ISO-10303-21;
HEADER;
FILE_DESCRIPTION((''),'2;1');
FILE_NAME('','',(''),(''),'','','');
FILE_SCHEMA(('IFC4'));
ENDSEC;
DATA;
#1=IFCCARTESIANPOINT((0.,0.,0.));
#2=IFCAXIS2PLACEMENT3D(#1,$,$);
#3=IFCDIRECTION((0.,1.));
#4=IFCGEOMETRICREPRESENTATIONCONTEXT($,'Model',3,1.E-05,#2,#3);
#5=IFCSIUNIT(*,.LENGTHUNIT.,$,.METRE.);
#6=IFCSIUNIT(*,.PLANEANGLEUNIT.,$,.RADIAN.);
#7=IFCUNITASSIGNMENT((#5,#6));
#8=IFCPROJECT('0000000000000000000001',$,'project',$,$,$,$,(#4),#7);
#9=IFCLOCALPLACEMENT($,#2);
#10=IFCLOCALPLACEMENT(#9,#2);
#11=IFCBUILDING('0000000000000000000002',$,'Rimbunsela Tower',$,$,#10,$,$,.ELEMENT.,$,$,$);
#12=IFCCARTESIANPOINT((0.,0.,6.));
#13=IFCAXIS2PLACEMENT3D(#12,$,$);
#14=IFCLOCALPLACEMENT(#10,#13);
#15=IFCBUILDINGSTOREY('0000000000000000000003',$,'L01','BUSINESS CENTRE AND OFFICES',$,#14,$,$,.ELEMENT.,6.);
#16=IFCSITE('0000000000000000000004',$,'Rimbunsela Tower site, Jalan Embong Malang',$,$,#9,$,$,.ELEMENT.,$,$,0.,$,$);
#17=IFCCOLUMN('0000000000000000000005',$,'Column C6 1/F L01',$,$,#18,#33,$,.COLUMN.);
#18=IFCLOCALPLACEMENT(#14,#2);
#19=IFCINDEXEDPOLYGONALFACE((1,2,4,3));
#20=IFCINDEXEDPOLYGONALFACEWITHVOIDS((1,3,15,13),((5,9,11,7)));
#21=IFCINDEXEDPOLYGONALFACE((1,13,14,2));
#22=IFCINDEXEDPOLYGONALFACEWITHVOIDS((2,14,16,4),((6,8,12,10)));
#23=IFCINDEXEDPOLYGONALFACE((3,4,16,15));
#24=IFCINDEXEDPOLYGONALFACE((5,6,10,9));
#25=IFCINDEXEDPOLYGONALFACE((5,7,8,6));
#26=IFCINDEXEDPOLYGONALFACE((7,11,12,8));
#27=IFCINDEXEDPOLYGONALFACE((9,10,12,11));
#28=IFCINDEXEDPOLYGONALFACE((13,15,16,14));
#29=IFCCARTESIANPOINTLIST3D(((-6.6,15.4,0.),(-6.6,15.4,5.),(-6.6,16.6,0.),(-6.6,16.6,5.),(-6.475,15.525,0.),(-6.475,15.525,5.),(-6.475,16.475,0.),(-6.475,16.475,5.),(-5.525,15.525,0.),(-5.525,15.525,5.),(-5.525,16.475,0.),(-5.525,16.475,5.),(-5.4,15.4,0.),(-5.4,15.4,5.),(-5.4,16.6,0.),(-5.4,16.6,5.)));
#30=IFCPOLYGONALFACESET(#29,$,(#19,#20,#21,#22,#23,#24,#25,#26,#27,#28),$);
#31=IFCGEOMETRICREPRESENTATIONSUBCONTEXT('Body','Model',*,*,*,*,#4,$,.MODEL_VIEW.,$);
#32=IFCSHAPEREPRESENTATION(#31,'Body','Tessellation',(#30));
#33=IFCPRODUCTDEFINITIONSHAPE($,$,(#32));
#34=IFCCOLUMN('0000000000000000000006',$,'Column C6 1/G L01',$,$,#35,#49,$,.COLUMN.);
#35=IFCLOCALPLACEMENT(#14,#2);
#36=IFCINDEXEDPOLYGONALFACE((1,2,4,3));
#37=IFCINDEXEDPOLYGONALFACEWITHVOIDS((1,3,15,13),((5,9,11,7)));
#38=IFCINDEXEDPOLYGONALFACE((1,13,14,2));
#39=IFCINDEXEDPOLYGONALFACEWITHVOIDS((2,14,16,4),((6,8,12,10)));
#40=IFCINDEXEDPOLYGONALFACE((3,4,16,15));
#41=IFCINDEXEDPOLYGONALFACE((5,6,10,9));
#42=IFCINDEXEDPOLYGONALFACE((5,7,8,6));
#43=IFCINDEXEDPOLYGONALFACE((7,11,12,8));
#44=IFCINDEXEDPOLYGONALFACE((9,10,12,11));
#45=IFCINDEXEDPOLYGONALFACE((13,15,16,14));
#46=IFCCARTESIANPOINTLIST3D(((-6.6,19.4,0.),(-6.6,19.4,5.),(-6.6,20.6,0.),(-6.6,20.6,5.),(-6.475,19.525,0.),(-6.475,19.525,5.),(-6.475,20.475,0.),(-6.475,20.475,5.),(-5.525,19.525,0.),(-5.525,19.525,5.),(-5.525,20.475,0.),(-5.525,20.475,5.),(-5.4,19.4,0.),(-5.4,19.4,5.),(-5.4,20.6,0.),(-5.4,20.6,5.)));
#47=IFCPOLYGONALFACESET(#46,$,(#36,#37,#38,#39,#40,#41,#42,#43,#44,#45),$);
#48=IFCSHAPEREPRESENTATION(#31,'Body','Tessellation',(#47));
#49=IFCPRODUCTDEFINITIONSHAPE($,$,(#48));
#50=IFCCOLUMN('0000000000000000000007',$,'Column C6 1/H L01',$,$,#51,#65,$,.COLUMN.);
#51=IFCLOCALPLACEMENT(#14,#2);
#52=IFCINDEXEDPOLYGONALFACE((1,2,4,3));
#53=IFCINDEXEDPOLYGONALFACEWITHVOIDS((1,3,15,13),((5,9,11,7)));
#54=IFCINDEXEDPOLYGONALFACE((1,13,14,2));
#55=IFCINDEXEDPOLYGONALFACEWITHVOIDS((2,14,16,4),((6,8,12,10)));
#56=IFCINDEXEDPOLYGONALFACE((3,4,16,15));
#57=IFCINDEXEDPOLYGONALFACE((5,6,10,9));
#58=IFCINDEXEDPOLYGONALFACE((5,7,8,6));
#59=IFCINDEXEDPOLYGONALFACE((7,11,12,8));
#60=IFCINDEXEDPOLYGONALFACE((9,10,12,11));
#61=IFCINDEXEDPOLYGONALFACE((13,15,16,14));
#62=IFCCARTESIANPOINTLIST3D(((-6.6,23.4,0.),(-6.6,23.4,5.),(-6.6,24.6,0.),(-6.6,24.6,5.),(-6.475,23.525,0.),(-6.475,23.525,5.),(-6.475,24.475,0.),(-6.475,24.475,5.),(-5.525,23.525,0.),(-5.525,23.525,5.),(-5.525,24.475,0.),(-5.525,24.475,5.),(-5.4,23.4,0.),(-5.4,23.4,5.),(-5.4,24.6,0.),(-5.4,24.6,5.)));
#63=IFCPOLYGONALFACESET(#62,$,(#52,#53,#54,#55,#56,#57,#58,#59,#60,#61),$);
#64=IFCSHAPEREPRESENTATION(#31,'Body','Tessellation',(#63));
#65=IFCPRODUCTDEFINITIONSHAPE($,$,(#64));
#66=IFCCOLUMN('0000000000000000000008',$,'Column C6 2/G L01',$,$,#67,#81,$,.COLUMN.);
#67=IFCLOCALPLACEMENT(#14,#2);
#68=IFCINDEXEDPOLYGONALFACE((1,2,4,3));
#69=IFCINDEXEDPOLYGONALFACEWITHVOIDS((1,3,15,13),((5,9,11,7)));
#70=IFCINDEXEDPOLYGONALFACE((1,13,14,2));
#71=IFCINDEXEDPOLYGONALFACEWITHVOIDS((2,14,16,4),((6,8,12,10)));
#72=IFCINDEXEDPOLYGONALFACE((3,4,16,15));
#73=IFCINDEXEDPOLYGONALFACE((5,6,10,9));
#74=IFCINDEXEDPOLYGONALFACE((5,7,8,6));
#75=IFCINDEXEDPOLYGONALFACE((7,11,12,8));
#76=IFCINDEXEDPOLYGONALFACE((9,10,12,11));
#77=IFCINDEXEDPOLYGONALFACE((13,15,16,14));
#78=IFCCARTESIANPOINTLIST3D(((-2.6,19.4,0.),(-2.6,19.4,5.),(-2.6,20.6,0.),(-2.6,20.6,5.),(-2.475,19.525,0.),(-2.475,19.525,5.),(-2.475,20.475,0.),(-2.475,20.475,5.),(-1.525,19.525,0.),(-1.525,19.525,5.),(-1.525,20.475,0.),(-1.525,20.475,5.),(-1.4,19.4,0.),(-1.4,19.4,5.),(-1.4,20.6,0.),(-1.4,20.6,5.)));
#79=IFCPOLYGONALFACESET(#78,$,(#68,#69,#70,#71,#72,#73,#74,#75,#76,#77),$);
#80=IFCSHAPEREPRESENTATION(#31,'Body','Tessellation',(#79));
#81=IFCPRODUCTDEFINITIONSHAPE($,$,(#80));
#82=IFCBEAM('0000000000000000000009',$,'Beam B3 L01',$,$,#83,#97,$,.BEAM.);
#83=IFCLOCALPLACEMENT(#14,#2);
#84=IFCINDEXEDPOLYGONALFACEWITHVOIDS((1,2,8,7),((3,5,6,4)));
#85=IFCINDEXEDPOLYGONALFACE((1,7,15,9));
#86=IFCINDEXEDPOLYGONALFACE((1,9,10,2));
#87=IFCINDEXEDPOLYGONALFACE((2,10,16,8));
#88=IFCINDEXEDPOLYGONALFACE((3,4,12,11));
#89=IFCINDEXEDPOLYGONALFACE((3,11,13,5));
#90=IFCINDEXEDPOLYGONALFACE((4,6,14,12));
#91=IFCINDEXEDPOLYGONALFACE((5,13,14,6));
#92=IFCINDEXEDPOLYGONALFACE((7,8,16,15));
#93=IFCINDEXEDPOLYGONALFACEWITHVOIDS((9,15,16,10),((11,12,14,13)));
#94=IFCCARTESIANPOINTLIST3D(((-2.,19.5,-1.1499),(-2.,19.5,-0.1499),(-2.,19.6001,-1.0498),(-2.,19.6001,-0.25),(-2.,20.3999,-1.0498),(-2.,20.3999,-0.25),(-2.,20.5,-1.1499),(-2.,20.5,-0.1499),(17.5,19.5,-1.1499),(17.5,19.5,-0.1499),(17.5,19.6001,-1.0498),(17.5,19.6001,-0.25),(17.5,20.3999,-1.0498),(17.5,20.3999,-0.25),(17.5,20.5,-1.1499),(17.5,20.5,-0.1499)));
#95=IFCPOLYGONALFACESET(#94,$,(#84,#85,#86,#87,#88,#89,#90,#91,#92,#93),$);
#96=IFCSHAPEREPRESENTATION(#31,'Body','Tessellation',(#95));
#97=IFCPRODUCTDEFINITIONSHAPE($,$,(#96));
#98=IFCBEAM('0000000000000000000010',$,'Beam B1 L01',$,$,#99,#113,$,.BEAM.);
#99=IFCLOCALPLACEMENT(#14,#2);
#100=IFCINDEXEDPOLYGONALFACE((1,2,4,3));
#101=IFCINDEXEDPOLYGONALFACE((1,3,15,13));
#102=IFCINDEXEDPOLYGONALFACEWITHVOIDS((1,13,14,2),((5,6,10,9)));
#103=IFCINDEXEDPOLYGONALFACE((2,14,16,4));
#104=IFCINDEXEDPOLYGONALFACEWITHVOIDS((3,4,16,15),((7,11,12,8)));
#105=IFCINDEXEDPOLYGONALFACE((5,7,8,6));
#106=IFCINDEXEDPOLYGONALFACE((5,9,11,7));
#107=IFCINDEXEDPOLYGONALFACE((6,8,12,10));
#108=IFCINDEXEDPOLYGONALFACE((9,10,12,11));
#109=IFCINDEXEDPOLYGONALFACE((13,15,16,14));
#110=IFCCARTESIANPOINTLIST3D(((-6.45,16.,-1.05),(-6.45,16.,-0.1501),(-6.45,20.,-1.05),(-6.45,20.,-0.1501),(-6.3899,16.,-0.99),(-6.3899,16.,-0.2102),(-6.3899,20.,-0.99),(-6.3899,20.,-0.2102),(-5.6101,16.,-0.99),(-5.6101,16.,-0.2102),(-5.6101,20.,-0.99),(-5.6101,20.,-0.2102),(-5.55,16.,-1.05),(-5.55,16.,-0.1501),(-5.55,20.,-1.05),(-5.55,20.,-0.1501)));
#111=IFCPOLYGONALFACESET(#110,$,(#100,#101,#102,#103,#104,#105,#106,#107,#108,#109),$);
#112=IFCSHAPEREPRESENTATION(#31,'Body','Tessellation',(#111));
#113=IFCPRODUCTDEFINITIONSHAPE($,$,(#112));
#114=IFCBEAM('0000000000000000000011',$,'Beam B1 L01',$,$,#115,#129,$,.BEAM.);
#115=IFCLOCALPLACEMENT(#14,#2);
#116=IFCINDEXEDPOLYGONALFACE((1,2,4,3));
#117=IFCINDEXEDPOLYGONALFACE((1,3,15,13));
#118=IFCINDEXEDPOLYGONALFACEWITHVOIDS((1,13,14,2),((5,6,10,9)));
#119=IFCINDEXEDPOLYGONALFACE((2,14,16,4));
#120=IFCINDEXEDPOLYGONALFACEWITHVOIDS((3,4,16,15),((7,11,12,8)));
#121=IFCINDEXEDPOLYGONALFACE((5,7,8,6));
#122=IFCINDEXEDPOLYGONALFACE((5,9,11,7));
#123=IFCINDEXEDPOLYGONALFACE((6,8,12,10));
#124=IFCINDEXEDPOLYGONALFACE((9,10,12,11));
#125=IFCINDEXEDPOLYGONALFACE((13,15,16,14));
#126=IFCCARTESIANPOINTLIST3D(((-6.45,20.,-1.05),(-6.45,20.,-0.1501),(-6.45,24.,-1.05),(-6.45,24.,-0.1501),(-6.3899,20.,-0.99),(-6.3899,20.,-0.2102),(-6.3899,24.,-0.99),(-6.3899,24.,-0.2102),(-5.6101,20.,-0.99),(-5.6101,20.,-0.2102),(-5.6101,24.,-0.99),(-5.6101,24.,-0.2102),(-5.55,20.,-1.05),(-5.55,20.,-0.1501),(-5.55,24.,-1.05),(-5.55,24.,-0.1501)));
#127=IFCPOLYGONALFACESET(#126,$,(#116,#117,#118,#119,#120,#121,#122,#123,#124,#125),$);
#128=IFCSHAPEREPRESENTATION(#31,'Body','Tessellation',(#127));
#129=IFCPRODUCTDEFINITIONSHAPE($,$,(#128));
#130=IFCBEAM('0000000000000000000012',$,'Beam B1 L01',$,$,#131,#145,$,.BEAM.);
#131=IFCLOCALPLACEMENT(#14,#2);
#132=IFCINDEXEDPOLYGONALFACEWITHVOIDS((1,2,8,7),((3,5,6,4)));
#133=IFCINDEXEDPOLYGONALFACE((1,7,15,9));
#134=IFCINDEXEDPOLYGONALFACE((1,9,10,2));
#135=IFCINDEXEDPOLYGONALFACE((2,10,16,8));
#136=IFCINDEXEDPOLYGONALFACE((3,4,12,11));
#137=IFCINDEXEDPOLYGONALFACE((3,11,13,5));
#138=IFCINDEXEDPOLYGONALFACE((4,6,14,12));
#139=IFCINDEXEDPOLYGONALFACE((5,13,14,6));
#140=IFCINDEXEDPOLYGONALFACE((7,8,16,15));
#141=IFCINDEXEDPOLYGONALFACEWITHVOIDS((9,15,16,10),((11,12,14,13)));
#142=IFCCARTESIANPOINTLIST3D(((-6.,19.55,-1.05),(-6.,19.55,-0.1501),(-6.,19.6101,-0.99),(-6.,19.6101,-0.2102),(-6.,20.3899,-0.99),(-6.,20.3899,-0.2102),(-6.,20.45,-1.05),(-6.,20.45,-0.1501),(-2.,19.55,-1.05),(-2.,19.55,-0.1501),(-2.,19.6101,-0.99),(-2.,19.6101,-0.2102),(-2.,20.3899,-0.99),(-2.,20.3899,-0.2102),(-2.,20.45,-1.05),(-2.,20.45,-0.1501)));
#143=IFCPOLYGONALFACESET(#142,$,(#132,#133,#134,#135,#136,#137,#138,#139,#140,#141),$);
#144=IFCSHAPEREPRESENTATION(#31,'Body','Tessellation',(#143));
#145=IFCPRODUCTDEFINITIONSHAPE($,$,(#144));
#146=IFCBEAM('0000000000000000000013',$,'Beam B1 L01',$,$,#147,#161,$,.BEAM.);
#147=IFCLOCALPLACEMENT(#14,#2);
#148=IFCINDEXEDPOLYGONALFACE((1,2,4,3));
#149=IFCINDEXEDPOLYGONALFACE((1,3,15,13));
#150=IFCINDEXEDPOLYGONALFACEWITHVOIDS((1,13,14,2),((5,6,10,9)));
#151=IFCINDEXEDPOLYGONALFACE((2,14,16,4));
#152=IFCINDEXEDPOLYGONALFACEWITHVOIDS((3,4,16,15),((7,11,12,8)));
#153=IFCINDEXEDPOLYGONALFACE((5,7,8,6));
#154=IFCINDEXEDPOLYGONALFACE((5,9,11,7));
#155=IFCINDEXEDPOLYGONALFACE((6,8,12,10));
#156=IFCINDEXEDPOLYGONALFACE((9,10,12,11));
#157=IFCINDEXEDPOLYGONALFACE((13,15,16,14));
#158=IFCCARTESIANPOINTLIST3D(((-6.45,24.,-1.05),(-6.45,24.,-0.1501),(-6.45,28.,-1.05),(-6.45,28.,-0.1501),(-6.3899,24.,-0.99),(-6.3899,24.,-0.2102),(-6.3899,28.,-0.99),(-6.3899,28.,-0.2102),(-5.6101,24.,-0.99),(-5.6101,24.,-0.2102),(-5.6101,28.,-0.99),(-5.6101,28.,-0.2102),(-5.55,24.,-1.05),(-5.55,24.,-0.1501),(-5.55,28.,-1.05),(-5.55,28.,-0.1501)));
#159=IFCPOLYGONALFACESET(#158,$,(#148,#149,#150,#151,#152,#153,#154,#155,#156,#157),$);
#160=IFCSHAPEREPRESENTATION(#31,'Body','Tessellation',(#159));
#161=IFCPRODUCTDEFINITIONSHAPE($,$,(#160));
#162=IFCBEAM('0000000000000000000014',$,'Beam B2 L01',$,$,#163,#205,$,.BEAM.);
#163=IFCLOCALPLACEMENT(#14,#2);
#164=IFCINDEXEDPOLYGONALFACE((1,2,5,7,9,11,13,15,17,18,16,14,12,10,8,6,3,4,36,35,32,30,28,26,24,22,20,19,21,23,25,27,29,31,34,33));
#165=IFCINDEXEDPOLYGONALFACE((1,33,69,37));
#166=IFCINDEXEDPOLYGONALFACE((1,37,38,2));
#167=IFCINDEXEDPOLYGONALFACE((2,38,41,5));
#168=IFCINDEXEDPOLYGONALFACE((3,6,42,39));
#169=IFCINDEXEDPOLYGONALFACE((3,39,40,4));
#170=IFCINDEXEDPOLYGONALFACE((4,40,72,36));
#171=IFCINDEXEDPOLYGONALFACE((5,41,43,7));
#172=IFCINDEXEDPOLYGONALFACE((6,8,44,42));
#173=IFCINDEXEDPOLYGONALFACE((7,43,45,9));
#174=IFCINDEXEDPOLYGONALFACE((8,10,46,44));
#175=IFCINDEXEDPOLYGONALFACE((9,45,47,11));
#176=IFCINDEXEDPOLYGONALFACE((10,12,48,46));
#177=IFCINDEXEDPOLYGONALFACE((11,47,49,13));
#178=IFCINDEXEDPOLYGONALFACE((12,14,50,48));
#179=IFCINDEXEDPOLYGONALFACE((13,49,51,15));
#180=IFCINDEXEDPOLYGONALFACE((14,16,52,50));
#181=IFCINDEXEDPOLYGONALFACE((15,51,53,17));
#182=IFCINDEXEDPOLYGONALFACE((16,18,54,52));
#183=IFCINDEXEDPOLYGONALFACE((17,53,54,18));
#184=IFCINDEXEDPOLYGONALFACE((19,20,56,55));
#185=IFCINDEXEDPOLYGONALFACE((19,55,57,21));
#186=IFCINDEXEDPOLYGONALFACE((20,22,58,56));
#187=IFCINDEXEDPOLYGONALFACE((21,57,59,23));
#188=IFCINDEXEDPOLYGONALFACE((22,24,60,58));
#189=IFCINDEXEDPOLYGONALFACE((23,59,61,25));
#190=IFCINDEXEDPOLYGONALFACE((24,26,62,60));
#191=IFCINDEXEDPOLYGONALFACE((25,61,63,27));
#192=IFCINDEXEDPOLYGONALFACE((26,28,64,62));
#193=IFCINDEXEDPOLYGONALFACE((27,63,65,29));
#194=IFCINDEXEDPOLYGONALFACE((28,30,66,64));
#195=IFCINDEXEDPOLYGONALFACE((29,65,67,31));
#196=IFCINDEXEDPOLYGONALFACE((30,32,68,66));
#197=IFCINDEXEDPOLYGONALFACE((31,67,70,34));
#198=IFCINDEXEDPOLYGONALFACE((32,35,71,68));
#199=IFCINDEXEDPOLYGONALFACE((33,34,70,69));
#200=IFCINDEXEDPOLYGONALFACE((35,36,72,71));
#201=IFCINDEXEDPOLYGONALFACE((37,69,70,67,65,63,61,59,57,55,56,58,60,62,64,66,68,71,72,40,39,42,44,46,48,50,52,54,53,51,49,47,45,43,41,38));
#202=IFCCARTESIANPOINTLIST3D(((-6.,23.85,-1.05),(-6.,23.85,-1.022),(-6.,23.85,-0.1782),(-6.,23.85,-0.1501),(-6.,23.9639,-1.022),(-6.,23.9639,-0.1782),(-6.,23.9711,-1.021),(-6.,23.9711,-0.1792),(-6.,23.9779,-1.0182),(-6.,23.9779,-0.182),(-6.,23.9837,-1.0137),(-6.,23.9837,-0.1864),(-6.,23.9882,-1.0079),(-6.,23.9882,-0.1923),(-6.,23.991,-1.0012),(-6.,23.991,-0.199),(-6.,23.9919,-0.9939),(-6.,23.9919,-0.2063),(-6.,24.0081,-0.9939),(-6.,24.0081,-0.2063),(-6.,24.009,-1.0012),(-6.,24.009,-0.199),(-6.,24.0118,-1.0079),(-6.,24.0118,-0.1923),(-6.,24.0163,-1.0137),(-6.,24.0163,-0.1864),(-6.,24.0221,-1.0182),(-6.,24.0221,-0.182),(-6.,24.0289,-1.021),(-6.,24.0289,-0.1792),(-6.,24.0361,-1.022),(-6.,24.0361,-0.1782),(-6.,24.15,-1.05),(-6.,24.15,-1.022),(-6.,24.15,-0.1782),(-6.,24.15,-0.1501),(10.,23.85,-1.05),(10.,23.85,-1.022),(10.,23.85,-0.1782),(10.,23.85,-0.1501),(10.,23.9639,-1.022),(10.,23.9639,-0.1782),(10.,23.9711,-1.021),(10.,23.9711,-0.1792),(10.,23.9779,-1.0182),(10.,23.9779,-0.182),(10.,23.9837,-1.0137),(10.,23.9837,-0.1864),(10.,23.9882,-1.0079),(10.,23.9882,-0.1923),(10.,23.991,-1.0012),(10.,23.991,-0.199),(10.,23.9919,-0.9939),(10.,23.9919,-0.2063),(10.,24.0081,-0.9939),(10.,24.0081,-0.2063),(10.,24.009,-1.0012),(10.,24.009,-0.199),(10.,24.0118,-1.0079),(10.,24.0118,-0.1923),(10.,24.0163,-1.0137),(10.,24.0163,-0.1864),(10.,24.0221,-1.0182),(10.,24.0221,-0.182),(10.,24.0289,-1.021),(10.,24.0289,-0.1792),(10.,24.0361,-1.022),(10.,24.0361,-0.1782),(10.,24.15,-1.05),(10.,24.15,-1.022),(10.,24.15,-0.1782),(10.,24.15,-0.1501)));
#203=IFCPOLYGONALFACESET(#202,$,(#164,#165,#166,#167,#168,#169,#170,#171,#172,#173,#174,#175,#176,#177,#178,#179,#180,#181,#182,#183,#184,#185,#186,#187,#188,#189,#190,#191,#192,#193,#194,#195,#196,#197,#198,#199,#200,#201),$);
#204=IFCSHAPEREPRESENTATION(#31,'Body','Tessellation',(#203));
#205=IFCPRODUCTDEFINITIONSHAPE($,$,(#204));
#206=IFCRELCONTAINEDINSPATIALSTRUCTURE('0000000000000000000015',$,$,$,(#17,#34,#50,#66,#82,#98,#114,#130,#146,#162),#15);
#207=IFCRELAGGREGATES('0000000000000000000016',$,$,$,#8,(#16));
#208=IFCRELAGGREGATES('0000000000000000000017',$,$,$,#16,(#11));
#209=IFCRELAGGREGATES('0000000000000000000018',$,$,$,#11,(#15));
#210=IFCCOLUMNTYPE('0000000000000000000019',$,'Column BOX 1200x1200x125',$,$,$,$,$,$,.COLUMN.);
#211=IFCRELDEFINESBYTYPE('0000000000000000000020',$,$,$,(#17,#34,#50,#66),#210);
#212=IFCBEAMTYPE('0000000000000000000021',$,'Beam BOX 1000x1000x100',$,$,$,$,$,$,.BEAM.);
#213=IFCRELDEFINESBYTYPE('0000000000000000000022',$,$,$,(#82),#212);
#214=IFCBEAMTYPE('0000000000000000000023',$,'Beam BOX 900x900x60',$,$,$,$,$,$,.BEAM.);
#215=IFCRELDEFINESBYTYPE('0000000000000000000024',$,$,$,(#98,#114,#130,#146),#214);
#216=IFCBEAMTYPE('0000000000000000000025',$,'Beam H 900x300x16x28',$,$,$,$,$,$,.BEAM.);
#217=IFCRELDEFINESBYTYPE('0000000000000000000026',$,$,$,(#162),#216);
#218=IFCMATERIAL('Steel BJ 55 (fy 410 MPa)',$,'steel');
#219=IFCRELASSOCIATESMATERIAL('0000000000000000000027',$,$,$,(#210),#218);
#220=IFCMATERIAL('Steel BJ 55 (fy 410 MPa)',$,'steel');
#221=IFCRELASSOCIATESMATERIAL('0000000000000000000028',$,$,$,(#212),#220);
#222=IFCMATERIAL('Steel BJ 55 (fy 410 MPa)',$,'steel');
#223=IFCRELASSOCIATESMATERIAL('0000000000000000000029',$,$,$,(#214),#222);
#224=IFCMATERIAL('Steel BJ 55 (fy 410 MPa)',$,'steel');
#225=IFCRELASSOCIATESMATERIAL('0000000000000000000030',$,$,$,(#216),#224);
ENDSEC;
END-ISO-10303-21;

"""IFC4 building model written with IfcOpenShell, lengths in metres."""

from ifc_helpers import new_model, si_unit, direction, frame, origin, origin_2d, place, context, subcontext, project, spatial, hollow_rectangle, i_section, extrude, material, material_profile, profile_set, type_object, element, save


model = new_model("IFC4")

# Units and contexts
model_context = context("Model", 3, precision=1e-05, world=origin(), true_north=direction((0.0, 1.0)))
body_context = subcontext(model_context, "Body", "Model", "MODEL_VIEW")
ifc_project = project(units=[si_unit("LENGTHUNIT", "METRE"), si_unit("PLANEANGLEUNIT", "RADIAN")], contexts=[model_context])

# Site, building, storey
site_placement = place(None, origin())
site = spatial("IfcSite", under=ifc_project, at=site_placement, Name="Rimbunsela Tower site, Jalan Embong Malang", CompositionType="ELEMENT", RefElevation=0.0)
building_placement = place(site_placement, origin())
building = spatial("IfcBuilding", under=site, at=building_placement, Name="Rimbunsela Tower", CompositionType="ELEMENT")
storey_placement = place(building_placement, frame((0.0, 0.0, 6.0)))
storey = spatial("IfcBuildingStorey", under=building, at=storey_placement, Name="L01", Description="BUSINESS CENTRE AND OFFICES", CompositionType="ELEMENT", Elevation=6.0)

# Columns
ifc_material_1 = material(Name="Steel BJ 55 (fy 410 MPa)", Category="steel")
ifc_material_profile_1 = material_profile(ifc_material_1, hollow_rectangle(XDim=1.2, YDim=1.2, WallThickness=0.125, at=origin_2d()), Name="BOX 1200x1200x125")
ifc_profile_set_1 = profile_set([ifc_material_profile_1], Name="Steel BJ 55 (fy 410 MPa)")
column_type = type_object("IfcColumnType", Name="Column BOX 1200x1200x125", PredefinedType="COLUMN", material=ifc_profile_set_1)
for number, where, z_axis, x_axis, name in (
    (1, (-6.0, 16.0, 0.0), (0.0, 0.0, 1.0), (1.0, 0.0, 0.0), "Column C6 1/F L01"),
    (2, (-6.0, 20.0, 0.0), (0.0, 0.0, 1.0), (1.0, 0.0, 0.0), "Column C6 1/G L01"),
    (3, (-6.0, 24.0, 0.0), (0.0, 0.0, 1.0), (1.0, 0.0, 0.0), "Column C6 1/H L01"),
    (4, (-2.0, 20.0, 0.0), (0.0, 0.0, 1.0), (1.0, 0.0, 0.0), "Column C6 2/G L01"),
):
    element("IfcColumn", number, at=place(storey_placement, frame(where, z_axis=z_axis, x_axis=x_axis)), inside=storey, type_object=column_type, Name=name, PredefinedType="COLUMN", context=body_context, shape_type="SweptSolid", body=[
        extrude(hollow_rectangle(XDim=1.2, YDim=1.2, WallThickness=0.125, at=origin_2d()), origin(), (0.0, 0.0, 1.0), 5.0),
    ])

# Beams
ifc_material_2 = material(Name="Steel BJ 55 (fy 410 MPa)", Category="steel")
ifc_material_profile_2 = material_profile(ifc_material_2, hollow_rectangle(XDim=1.0, YDim=1.0, WallThickness=0.1001, at=origin_2d()), Name="BOX 1000x1000x100")
ifc_profile_set_2 = profile_set([ifc_material_profile_2], Name="Steel BJ 55 (fy 410 MPa)")
beam_type_1 = type_object("IfcBeamType", Name="Beam BOX 1000x1000x100", PredefinedType="BEAM", material=ifc_profile_set_2)
beam_1_placement = place(storey_placement, frame((-2.0, 20.0, -0.6499), z_axis=(1.0, 0.0, 0.0), x_axis=(0.0, 1.0, 0.0)))
element("IfcBeam", 5, at=beam_1_placement, inside=storey, type_object=beam_type_1, Name="Beam B3 L01", PredefinedType="BEAM", context=body_context, shape_type="SweptSolid", body=[
    extrude(hollow_rectangle(XDim=1.0, YDim=1.0, WallThickness=0.1001, at=origin_2d()), origin(), (0.0, 0.0, 1.0), 19.5),
])
ifc_material_3 = material(Name="Steel BJ 55 (fy 410 MPa)", Category="steel")
ifc_material_profile_3 = material_profile(ifc_material_3, hollow_rectangle(XDim=0.8999, YDim=0.8999, WallThickness=0.0601, at=origin_2d()), Name="BOX 900x900x60")
ifc_profile_set_3 = profile_set([ifc_material_profile_3], Name="Steel BJ 55 (fy 410 MPa)")
beam_type_2 = type_object("IfcBeamType", Name="Beam BOX 900x900x60", PredefinedType="BEAM", material=ifc_profile_set_3)
for number, where, z_axis, x_axis, name in (
    (6, (-6.0, 16.0, -0.6001), (0.0, 1.0, 0.0), (-1.0, 0.0, 0.0), "Beam B1 L01"),
    (7, (-6.0, 20.0, -0.6001), (0.0, 1.0, 0.0), (-1.0, 0.0, 0.0), "Beam B1 L01"),
    (8, (-6.0, 20.0, -0.6001), (1.0, 0.0, 0.0), (0.0, 1.0, 0.0), "Beam B1 L01"),
    (9, (-6.0, 24.0, -0.6001), (0.0, 1.0, 0.0), (-1.0, 0.0, 0.0), "Beam B1 L01"),
):
    element("IfcBeam", number, at=place(storey_placement, frame(where, z_axis=z_axis, x_axis=x_axis)), inside=storey, type_object=beam_type_2, Name=name, PredefinedType="BEAM", context=body_context, shape_type="SweptSolid", body=[
        extrude(hollow_rectangle(XDim=0.8999, YDim=0.8999, WallThickness=0.0601, at=origin_2d()), origin(), (0.0, 0.0, 1.0), 4.0),
    ])
ifc_material_4 = material(Name="Steel BJ 55 (fy 410 MPa)", Category="steel")
ifc_material_profile_4 = material_profile(ifc_material_4, i_section(OverallWidth=0.3, OverallDepth=0.8999, WebThickness=0.0161, FlangeThickness=0.0281, FilletRadius=0.0281, at=origin_2d()), Name="H 900x300x16x28")
ifc_profile_set_4 = profile_set([ifc_material_profile_4], Name="Steel BJ 55 (fy 410 MPa)")
beam_type_3 = type_object("IfcBeamType", Name="Beam H 900x300x16x28", PredefinedType="BEAM", material=ifc_profile_set_4)
beam_2_placement = place(storey_placement, frame((-6.0, 24.0, -0.6001), z_axis=(1.0, 0.0, 0.0), x_axis=(0.0, 1.0, 0.0)))
element("IfcBeam", 10, at=beam_2_placement, inside=storey, type_object=beam_type_3, Name="Beam B2 L01", PredefinedType="BEAM", context=body_context, shape_type="SweptSolid", body=[
    extrude(i_section(OverallWidth=0.3, OverallDepth=0.8999, WebThickness=0.0161, FlangeThickness=0.0281, FilletRadius=0.0281, at=origin_2d()), origin(), (0.0, 0.0, 1.0), 16.0),
])

save(model, "model.ifc")
